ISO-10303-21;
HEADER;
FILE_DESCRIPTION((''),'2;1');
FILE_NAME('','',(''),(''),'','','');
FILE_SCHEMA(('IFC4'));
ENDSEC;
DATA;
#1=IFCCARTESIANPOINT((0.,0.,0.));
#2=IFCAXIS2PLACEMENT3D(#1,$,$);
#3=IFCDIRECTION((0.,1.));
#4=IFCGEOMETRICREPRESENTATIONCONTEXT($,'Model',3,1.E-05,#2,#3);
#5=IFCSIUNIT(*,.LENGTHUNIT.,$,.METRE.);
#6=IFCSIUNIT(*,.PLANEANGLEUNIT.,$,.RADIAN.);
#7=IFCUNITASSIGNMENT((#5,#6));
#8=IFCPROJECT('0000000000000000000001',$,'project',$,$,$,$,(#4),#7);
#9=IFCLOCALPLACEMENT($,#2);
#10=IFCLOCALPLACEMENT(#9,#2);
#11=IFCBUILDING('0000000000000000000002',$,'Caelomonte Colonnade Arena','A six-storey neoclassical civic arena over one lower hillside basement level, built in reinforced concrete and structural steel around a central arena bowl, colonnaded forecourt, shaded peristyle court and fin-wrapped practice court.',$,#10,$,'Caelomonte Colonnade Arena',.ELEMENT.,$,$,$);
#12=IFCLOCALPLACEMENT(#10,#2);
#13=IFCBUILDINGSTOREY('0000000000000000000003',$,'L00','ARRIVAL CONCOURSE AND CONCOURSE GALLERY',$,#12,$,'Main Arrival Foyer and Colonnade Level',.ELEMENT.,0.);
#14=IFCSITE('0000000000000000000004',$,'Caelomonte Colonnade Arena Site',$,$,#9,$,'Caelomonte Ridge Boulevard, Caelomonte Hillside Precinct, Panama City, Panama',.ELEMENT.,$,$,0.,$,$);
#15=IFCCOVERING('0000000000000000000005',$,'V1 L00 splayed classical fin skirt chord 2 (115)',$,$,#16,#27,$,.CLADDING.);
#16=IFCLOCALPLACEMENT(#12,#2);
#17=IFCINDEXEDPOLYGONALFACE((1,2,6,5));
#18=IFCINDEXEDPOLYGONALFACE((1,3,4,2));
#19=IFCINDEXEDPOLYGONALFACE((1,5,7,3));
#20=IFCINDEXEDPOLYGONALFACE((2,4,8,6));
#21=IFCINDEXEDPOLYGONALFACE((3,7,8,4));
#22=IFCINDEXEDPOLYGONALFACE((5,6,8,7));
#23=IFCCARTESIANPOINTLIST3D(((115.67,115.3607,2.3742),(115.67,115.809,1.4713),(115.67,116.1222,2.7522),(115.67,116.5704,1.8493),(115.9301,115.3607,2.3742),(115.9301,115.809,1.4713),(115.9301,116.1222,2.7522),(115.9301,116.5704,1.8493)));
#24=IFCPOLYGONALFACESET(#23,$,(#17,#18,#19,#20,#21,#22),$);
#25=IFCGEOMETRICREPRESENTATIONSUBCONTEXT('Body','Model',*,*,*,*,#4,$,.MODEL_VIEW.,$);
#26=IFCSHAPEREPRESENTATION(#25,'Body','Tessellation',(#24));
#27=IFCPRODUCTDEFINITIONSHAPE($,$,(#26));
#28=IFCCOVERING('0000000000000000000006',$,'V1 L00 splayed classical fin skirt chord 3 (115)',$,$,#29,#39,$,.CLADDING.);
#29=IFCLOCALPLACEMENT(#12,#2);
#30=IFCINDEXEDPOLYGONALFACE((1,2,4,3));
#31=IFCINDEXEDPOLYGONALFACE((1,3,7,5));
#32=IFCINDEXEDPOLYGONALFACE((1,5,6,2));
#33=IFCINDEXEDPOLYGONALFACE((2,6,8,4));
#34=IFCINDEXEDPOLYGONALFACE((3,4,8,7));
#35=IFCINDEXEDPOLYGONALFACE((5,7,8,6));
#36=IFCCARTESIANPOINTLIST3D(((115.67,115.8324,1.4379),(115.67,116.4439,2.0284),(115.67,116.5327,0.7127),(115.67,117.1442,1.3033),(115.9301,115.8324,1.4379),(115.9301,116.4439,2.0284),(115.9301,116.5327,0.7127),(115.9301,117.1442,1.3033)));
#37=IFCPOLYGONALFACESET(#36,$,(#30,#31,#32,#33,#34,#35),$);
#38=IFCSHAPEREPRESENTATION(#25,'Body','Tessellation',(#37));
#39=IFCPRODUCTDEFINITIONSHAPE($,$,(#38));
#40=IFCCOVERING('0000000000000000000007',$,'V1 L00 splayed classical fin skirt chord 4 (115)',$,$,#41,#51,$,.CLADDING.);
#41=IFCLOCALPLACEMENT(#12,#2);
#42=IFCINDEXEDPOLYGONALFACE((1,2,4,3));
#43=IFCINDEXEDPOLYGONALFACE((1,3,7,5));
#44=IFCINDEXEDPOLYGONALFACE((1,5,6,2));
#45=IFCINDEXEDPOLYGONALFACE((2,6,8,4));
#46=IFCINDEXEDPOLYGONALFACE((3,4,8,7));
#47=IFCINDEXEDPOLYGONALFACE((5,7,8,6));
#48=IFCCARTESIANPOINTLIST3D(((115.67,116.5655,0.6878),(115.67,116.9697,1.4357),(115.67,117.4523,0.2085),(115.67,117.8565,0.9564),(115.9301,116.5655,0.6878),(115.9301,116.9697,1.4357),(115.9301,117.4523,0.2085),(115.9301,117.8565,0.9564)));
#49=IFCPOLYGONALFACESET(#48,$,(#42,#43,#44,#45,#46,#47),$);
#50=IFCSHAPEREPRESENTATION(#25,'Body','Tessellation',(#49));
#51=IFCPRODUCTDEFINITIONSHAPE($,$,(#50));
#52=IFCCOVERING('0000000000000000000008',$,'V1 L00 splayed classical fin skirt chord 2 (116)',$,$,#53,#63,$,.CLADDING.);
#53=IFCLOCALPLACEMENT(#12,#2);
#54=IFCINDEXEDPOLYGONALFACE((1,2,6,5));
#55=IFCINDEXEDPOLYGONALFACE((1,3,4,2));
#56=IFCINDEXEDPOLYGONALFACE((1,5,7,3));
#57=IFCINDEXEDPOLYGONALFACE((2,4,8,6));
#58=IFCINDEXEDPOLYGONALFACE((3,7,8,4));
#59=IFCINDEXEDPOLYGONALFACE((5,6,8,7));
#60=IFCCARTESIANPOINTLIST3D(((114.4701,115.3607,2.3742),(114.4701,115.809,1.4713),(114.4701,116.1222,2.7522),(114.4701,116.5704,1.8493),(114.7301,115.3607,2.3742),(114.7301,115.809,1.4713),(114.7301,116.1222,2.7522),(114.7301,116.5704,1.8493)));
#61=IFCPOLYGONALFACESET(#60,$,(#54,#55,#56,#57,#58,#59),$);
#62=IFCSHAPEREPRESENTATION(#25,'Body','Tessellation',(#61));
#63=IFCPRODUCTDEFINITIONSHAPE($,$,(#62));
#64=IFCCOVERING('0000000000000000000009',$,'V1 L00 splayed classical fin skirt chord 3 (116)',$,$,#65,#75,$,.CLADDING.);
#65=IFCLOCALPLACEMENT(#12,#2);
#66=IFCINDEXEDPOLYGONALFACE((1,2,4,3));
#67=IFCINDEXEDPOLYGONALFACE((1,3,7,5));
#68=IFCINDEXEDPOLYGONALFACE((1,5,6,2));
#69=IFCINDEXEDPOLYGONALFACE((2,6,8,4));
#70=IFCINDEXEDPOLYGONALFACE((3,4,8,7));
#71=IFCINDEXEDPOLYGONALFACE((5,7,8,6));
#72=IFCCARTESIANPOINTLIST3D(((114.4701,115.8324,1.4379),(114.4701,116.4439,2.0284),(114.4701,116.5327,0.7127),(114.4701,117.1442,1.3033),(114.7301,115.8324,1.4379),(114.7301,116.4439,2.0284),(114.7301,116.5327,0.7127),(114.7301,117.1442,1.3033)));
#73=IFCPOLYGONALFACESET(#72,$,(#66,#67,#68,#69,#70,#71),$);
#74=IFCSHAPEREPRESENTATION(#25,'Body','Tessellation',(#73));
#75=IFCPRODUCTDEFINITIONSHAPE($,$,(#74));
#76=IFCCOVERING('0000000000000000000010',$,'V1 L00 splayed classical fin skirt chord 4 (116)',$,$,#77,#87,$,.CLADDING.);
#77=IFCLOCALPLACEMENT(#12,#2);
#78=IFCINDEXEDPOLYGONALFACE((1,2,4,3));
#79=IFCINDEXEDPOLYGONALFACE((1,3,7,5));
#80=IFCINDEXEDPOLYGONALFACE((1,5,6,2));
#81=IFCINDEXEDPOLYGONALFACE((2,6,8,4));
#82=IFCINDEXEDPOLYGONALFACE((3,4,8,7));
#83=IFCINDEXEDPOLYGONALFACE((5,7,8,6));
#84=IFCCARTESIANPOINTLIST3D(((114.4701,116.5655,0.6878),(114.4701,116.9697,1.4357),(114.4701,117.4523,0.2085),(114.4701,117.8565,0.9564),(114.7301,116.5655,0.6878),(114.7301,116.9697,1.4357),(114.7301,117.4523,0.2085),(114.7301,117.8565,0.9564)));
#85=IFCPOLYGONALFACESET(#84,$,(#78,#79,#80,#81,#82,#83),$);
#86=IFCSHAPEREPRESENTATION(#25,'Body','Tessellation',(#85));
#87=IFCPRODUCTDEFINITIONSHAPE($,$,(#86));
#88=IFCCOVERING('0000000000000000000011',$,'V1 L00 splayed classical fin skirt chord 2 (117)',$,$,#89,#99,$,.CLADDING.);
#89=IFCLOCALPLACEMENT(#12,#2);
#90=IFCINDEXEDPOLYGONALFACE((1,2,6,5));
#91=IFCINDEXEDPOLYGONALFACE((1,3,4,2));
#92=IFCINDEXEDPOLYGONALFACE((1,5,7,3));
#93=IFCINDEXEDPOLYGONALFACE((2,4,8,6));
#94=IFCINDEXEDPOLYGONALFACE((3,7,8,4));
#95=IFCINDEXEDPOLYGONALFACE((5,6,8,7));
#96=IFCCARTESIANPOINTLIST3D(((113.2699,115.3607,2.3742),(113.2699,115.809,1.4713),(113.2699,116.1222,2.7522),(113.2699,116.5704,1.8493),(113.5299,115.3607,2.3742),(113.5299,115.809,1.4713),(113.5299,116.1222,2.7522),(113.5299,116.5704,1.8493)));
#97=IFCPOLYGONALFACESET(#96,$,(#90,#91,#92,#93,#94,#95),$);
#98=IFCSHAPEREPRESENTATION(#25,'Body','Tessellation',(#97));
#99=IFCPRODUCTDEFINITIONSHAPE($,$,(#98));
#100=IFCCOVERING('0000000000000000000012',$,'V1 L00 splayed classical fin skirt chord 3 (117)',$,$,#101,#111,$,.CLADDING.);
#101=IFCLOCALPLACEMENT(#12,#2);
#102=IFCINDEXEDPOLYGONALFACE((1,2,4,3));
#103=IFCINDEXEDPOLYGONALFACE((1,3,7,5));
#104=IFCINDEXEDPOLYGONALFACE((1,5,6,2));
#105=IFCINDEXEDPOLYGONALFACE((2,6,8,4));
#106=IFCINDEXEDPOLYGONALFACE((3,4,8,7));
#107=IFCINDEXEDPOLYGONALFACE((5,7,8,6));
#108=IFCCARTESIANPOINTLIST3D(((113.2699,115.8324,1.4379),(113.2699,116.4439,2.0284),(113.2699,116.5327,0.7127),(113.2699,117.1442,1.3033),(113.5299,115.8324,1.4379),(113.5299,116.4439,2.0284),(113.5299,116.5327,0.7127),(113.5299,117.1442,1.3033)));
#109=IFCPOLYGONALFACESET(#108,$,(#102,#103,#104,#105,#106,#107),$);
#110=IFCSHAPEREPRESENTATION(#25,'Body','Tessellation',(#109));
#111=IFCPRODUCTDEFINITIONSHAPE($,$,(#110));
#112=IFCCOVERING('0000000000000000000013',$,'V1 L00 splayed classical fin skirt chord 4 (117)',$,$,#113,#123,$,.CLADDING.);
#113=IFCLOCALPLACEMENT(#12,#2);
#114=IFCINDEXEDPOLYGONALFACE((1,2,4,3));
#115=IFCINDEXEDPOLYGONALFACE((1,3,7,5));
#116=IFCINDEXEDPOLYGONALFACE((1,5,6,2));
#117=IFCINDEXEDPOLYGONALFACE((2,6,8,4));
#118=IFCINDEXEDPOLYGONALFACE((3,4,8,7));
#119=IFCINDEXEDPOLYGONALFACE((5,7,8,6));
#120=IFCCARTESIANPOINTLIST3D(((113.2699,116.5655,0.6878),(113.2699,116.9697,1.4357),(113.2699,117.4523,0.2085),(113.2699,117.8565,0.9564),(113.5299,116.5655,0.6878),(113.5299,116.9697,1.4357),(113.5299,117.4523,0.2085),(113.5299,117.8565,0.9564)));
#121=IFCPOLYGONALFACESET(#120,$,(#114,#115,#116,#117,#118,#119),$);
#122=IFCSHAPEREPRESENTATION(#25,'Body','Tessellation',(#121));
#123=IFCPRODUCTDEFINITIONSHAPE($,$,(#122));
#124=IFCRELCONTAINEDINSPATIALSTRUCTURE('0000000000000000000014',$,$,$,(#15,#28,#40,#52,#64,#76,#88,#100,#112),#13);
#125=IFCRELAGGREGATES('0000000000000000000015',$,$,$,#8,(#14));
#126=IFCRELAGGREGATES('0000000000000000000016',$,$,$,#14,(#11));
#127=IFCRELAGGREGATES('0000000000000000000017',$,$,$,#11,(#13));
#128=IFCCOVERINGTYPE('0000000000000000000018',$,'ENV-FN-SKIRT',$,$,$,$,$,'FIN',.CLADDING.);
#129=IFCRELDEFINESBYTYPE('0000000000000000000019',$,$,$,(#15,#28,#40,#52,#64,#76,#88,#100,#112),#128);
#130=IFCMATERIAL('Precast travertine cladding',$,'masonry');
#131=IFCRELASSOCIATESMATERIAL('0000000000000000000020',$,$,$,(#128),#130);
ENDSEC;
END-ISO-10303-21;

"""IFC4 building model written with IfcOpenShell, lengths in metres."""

from ifc_helpers import new_model, si_unit, direction, frame, origin, origin_2d, place, context, subcontext, project, spatial, rectangle, extrude, material, material_profile, profile_set, type_object, element, save


model = new_model("IFC4")

# Units and contexts
model_context = context("Model", 3, precision=1e-05, world=origin(), true_north=direction((0.0, 1.0)))
body_context = subcontext(model_context, "Body", "Model", "MODEL_VIEW")
ifc_project = project(units=[si_unit("LENGTHUNIT", "METRE"), si_unit("PLANEANGLEUNIT", "RADIAN")], contexts=[model_context])

# Site, building, storey
site_placement = place(None, origin())
site = spatial("IfcSite", under=ifc_project, at=site_placement, Name="Caelomonte Colonnade Arena Site", LongName="Caelomonte Ridge Boulevard, Caelomonte Hillside Precinct, Panama City, Panama", CompositionType="ELEMENT", RefElevation=0.0)
building_placement = place(site_placement, origin())
building = spatial("IfcBuilding", under=site, at=building_placement, Name="Caelomonte Colonnade Arena", Description="A six-storey neoclassical civic arena over one lower hillside basement level, built in reinforced concrete and structural steel around a central arena bowl, colonnaded forecourt, shaded peristyle court and fin-wrapped practice court.", LongName="Caelomonte Colonnade Arena", CompositionType="ELEMENT")
storey_placement = place(building_placement, origin())
storey = spatial("IfcBuildingStorey", under=building, at=storey_placement, Name="L00", Description="ARRIVAL CONCOURSE AND CONCOURSE GALLERY", LongName="Main Arrival Foyer and Colonnade Level", CompositionType="ELEMENT", Elevation=0.0)

# Coverings
ifc_material = material(Name="Precast travertine cladding", Category="masonry")
ifc_material_profile = material_profile(ifc_material, rectangle(XDim=0.26, YDim=0.8501, at=origin_2d()), Name="FIN260X850")
ifc_profile_set = profile_set([ifc_material_profile], Name="Precast travertine cladding")
covering_type = type_object("IfcCoveringType", Name="ENV-FN-SKIRT", ElementType="FIN", PredefinedType="CLADDING", material=ifc_profile_set)
for number, where, z_axis, x_axis, name in (
    (1, (115.8, 115.7415, 2.5632), (0.0, 0.444693, -0.895683), (-1.0, 0.0, 0.0), "V1 L00 splayed classical fin skirt chord 2 (115)"),
    (2, (115.8, 116.1382, 1.7332), (0.0, 0.694646, -0.719351), (-1.0, 0.0, 0.0), "V1 L00 splayed classical fin skirt chord 3 (115)"),
    (3, (115.8, 116.7676, 1.0618), (0.0, 0.879731, -0.475471), (-1.0, 0.0, 0.0), "V1 L00 splayed classical fin skirt chord 4 (115)"),
    (4, (114.6001, 115.7415, 2.5632), (0.0, 0.444693, -0.895683), (-1.0, 0.0, 0.0), "V1 L00 splayed classical fin skirt chord 2 (116)"),
    (5, (114.6001, 116.1382, 1.7332), (0.0, 0.694646, -0.719351), (-1.0, 0.0, 0.0), "V1 L00 splayed classical fin skirt chord 3 (116)"),
    (6, (114.6001, 116.7676, 1.0618), (0.0, 0.879731, -0.475471), (-1.0, 0.0, 0.0), "V1 L00 splayed classical fin skirt chord 4 (116)"),
    (7, (113.3999, 115.7415, 2.5632), (0.0, 0.444693, -0.895683), (-1.0, 0.0, 0.0), "V1 L00 splayed classical fin skirt chord 2 (117)"),
    (8, (113.3999, 116.1382, 1.7332), (0.0, 0.694646, -0.719351), (-1.0, 0.0, 0.0), "V1 L00 splayed classical fin skirt chord 3 (117)"),
    (9, (113.3999, 116.7676, 1.0618), (0.0, 0.879731, -0.475471), (-1.0, 0.0, 0.0), "V1 L00 splayed classical fin skirt chord 4 (117)"),
):
    element("IfcCovering", number, at=place(storey_placement, frame(where, z_axis=z_axis, x_axis=x_axis)), inside=storey, type_object=covering_type, Name=name, PredefinedType="CLADDING", context=body_context, shape_type="SweptSolid", body=[
        extrude(rectangle(XDim=0.26, YDim=0.8501, at=origin_2d()), origin(), (0.0, 0.0, 1.0), 1.0081),
    ])

save(model, "model.ifc")
